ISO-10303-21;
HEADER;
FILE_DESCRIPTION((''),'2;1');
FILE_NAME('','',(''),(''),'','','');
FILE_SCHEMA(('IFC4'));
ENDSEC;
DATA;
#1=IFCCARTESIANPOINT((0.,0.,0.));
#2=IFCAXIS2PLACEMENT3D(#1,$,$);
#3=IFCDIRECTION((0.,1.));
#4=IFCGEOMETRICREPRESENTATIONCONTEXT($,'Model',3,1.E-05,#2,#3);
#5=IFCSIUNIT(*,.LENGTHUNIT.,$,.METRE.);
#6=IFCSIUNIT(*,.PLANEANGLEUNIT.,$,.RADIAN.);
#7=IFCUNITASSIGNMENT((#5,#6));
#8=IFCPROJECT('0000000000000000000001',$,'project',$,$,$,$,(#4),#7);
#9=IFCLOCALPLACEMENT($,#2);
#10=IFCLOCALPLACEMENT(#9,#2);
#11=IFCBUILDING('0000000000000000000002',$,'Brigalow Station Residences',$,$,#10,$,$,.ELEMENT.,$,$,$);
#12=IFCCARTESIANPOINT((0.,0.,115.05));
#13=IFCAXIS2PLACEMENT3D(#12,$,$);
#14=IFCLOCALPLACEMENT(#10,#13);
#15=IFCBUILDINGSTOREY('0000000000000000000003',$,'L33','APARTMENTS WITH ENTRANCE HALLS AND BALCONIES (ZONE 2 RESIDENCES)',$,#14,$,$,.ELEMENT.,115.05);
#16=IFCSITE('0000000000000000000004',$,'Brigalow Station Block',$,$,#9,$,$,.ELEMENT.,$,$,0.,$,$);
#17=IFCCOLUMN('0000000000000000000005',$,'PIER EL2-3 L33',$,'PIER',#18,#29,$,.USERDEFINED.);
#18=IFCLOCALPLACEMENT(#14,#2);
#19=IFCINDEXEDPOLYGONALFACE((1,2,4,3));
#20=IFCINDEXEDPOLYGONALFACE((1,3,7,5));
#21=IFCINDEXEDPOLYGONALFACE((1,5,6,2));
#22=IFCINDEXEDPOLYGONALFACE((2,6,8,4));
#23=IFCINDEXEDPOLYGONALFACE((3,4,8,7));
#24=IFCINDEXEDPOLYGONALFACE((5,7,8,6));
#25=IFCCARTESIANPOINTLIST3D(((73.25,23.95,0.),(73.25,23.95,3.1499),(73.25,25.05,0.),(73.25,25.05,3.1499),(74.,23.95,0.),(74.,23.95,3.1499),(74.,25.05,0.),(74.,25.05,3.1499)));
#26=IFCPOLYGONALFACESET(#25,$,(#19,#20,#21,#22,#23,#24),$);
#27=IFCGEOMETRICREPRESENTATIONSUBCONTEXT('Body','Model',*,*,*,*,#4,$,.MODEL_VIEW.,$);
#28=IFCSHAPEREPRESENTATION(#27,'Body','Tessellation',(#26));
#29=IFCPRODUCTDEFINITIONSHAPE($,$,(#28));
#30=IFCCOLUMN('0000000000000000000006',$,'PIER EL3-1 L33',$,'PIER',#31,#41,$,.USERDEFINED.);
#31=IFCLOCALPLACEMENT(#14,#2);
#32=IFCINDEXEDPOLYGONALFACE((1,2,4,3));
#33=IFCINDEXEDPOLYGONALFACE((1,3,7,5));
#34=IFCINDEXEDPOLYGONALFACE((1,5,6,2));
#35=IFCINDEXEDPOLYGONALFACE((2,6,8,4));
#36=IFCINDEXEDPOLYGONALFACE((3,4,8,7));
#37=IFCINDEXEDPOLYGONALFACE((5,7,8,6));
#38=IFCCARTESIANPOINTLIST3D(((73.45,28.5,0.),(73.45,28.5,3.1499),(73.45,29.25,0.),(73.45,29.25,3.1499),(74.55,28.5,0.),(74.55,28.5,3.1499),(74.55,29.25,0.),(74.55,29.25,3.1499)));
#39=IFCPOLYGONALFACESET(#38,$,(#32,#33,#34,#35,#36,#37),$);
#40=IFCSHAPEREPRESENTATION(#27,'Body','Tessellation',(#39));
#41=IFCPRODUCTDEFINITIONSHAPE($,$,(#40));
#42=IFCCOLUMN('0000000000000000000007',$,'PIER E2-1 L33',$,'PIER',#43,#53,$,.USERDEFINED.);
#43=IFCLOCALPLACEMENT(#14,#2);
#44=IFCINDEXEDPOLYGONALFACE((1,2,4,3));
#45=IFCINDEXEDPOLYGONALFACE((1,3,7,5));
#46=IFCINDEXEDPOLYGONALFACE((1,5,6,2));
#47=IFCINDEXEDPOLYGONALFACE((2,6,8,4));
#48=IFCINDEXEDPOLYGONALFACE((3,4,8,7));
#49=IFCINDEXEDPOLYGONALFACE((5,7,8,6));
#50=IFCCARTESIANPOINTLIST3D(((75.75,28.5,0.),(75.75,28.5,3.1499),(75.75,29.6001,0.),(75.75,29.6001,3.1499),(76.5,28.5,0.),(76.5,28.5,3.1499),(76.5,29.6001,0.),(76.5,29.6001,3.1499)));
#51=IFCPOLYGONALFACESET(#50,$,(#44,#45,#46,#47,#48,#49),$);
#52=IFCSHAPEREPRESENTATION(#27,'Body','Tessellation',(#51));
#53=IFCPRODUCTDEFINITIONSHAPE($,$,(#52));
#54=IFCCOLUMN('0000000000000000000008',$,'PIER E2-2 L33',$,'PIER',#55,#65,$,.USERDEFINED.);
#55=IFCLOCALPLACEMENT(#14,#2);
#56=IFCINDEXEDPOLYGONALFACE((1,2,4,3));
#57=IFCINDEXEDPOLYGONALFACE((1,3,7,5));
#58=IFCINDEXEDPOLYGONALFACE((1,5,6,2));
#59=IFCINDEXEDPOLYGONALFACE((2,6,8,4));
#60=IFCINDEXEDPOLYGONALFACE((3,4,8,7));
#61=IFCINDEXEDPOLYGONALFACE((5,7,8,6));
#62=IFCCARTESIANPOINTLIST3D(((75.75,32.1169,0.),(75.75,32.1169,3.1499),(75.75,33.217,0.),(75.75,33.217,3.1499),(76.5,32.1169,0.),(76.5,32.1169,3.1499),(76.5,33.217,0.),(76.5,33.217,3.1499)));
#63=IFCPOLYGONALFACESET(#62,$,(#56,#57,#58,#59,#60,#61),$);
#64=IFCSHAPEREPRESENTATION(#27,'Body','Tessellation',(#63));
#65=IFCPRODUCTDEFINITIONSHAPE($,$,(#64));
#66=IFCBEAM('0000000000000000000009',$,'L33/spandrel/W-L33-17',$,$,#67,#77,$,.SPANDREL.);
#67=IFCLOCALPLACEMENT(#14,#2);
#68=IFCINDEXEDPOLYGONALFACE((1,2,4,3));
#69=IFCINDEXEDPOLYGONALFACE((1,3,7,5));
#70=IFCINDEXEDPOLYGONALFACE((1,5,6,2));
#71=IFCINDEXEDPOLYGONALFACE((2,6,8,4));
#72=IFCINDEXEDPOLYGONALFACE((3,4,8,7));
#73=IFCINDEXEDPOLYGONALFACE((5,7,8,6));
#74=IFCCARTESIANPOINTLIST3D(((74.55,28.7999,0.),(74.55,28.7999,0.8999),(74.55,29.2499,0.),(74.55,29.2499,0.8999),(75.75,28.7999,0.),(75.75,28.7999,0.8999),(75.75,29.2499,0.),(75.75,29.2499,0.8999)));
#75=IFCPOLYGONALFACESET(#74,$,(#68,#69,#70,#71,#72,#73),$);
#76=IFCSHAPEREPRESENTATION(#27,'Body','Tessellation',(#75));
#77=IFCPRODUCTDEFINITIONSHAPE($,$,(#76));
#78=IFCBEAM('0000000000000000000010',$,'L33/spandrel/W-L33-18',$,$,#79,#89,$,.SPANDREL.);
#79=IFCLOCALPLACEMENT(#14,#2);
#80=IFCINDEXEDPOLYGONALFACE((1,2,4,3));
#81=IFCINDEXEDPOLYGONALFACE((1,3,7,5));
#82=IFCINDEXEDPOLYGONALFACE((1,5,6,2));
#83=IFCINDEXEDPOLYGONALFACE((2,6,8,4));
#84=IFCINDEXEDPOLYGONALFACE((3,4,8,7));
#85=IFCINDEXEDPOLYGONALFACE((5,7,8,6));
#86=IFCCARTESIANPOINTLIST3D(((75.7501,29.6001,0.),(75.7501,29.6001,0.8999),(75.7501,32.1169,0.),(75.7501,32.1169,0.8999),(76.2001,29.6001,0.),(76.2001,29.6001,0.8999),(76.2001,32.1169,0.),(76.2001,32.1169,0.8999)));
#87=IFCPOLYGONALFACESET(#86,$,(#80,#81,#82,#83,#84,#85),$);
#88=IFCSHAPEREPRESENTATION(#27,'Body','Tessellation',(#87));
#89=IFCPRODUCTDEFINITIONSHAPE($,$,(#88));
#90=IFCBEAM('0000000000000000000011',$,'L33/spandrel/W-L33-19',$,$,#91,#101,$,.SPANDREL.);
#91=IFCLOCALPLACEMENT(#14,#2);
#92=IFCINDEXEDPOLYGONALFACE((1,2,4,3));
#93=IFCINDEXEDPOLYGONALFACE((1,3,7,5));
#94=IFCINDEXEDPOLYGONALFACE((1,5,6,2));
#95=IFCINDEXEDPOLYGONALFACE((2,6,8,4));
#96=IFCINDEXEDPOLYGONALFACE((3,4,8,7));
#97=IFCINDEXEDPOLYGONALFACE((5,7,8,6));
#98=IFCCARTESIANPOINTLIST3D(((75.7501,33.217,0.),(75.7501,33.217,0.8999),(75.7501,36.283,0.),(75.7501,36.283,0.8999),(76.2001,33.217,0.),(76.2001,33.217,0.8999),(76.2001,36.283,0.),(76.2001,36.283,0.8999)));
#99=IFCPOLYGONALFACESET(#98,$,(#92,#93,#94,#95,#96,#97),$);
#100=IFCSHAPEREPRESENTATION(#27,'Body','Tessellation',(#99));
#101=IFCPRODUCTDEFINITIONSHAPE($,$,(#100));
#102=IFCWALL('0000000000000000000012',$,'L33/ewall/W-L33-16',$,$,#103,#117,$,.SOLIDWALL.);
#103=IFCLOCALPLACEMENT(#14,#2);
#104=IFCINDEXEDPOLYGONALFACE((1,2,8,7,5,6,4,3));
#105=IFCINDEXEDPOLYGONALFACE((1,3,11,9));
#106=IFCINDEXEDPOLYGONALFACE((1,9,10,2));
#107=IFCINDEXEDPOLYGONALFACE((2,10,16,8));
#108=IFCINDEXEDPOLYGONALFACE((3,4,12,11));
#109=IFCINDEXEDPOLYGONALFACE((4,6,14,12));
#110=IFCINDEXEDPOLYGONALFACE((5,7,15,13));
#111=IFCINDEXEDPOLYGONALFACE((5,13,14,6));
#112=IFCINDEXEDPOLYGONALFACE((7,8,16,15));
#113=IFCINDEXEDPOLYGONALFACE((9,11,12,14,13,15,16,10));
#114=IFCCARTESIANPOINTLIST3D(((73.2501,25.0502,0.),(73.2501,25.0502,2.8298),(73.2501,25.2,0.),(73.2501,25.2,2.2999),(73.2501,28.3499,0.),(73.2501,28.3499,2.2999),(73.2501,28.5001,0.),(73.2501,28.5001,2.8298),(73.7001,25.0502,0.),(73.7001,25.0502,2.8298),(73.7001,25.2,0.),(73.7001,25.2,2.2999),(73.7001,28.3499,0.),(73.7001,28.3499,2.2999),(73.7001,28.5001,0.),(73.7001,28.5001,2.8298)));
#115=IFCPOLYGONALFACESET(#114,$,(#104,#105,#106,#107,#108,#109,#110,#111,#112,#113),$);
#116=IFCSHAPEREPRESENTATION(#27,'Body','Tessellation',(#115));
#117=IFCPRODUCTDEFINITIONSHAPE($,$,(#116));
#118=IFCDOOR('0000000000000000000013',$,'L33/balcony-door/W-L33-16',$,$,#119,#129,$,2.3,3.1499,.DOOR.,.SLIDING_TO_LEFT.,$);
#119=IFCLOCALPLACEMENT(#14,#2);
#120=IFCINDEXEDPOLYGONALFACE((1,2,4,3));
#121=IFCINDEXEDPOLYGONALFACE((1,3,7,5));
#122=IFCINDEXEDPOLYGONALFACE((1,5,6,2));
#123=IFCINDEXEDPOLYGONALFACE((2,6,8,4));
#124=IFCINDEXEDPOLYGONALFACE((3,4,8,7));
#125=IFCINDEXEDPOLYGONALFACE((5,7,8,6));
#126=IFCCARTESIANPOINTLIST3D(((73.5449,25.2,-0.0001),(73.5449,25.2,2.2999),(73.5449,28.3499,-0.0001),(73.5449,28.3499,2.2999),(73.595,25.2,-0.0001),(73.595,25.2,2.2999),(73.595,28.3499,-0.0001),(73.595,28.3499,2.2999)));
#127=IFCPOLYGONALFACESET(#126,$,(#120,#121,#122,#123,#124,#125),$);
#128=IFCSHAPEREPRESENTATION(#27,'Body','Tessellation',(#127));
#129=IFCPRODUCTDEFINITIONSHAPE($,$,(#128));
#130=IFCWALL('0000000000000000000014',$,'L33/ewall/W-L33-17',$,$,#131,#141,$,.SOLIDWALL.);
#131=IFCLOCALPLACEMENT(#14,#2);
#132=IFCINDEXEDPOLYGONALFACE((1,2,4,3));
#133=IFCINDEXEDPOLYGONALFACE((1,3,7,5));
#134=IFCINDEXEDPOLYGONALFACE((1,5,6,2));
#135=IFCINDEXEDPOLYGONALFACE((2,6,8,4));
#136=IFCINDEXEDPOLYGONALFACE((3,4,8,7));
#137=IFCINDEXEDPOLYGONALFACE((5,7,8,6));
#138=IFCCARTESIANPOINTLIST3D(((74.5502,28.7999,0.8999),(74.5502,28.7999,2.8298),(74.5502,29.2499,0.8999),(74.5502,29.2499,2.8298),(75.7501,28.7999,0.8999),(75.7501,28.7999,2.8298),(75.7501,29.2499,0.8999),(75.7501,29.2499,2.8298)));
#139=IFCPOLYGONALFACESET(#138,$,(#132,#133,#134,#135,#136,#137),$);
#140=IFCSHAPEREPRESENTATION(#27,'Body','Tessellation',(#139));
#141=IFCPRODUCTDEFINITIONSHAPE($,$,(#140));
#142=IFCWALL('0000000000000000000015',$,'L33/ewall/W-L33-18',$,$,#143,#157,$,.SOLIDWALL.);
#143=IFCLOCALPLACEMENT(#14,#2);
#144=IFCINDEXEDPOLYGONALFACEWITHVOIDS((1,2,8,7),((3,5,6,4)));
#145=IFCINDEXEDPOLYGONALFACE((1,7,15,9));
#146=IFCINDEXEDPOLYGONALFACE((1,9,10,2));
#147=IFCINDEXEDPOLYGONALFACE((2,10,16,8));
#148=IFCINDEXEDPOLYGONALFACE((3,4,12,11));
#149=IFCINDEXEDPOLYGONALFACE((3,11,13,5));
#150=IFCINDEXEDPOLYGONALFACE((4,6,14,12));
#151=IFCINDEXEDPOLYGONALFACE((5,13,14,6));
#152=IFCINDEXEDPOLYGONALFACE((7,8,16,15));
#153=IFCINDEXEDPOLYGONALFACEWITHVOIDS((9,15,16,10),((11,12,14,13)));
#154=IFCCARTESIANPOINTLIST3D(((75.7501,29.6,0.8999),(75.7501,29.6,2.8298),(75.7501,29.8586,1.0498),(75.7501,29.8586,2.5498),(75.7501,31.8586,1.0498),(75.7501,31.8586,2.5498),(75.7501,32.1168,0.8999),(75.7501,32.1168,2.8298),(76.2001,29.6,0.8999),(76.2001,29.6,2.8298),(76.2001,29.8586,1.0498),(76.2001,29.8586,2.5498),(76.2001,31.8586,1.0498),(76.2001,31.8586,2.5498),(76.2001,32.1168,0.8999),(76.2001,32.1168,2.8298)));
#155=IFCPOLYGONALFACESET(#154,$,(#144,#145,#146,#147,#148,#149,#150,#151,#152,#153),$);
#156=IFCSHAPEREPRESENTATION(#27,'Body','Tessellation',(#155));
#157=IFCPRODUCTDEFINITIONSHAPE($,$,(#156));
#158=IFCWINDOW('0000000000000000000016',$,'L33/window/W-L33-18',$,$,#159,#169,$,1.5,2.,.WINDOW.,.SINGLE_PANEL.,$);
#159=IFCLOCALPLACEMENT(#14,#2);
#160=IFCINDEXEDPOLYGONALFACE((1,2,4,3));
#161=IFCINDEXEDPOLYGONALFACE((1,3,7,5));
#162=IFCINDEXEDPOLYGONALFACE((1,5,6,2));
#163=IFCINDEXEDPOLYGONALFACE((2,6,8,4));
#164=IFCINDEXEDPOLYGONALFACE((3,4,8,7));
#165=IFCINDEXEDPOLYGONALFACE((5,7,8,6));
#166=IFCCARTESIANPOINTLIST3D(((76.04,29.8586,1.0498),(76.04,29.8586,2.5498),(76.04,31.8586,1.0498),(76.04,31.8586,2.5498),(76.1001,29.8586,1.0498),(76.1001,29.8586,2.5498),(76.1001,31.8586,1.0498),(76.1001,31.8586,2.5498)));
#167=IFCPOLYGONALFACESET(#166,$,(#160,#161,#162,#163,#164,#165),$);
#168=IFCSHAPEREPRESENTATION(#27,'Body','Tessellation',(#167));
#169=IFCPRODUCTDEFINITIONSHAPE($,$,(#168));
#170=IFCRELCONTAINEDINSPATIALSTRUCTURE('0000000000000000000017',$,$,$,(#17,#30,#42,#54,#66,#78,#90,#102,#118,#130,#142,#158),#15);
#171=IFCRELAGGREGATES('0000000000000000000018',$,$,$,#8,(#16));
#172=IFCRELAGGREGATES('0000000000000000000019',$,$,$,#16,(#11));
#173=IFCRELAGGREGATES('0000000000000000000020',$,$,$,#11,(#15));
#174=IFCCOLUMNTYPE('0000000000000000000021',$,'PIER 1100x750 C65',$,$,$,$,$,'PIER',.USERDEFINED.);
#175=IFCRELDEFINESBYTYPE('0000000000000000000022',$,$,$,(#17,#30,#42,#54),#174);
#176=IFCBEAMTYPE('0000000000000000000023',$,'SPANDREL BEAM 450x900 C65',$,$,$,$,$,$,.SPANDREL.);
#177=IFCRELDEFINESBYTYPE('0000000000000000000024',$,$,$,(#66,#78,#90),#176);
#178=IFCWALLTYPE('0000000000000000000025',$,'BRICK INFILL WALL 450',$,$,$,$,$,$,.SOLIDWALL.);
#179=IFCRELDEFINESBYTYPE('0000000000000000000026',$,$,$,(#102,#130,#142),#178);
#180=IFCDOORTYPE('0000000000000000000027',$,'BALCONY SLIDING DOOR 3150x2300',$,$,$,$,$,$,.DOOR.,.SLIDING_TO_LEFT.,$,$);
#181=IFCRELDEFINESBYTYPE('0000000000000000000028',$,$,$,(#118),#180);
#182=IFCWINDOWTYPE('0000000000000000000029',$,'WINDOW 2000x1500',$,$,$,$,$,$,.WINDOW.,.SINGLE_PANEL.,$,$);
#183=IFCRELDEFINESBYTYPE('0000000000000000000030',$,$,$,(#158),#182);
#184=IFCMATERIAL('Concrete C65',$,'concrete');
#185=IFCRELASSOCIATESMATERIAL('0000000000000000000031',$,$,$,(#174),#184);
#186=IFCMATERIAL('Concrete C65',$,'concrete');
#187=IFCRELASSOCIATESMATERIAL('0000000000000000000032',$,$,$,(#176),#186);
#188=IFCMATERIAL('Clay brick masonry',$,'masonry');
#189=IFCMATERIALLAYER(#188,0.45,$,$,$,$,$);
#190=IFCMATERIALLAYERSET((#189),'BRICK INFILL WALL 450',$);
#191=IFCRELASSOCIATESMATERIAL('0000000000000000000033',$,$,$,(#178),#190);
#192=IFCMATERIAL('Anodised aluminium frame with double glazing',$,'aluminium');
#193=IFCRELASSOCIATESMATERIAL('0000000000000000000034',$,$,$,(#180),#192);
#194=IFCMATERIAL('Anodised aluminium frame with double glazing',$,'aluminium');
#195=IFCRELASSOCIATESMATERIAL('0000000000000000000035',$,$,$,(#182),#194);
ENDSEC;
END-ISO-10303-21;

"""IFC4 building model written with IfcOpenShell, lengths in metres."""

from ifc_helpers import new_model, si_unit, direction, frame, frame_2d, origin, origin_2d, place, context, subcontext, project, spatial, rectangle, extrude, material, layer, layer_set, material_profile, profile_set, type_object, element, fill, save


model = new_model("IFC4")

# Units and contexts
model_context = context("Model", 3, precision=1e-05, world=origin(), true_north=direction((0.0, 1.0)))
body_context = subcontext(model_context, "Body", "Model", "MODEL_VIEW")
ifc_project = project(units=[si_unit("LENGTHUNIT", "METRE"), si_unit("PLANEANGLEUNIT", "RADIAN")], contexts=[model_context])

# Site, building, storey
site_placement = place(None, origin())
site = spatial("IfcSite", under=ifc_project, at=site_placement, Name="Brigalow Station Block", CompositionType="ELEMENT", RefElevation=0.0)
building_placement = place(site_placement, origin())
building = spatial("IfcBuilding", under=site, at=building_placement, Name="Brigalow Station Residences", CompositionType="ELEMENT")
storey_placement = place(building_placement, frame((0.0, 0.0, 115.05)))
storey = spatial("IfcBuildingStorey", under=building, at=storey_placement, Name="L33", Description="APARTMENTS WITH ENTRANCE HALLS AND BALCONIES (ZONE 2 RESIDENCES)", CompositionType="ELEMENT", Elevation=115.05)

# Columns
ifc_material_1 = material(Name="Concrete C65", Category="concrete")
ifc_material_profile_1 = material_profile(ifc_material_1, rectangle(XDim=1.1001, YDim=0.75, at=origin_2d()), Name="RC1100x750")
ifc_profile_set_1 = profile_set([ifc_material_profile_1], Name="Concrete C65")
column_type = type_object("IfcColumnType", Name="PIER 1100x750 C65", ElementType="PIER", PredefinedType="USERDEFINED", material=ifc_profile_set_1)
for number, where, z_axis, x_axis, name in (
    (1, (73.625, 24.5, 0.0), (0.0, 0.0, 1.0), (0.0, 1.0, 0.0), "PIER EL2-3 L33"),
    (2, (74.0, 28.875, 0.0), (0.0, 0.0, 1.0), (1.0, 0.0, 0.0), "PIER EL3-1 L33"),
    (3, (76.125, 29.05, 0.0), (0.0, 0.0, 1.0), (0.0, 1.0, 0.0), "PIER E2-1 L33"),
    (4, (76.125, 32.667, 0.0), (0.0, 0.0, 1.0), (0.0, 1.0, 0.0), "PIER E2-2 L33"),
):
    element("IfcColumn", number, at=place(storey_placement, frame(where, z_axis=z_axis, x_axis=x_axis)), inside=storey, type_object=column_type, Name=name, ObjectType="PIER", PredefinedType="USERDEFINED", context=body_context, shape_type="SweptSolid", body=[
        extrude(rectangle(XDim=1.1001, YDim=0.75, at=origin_2d()), origin(), (0.0, 0.0, 1.0), 3.1499),
    ])

# Beams
ifc_material_2 = material(Name="Concrete C65", Category="concrete")
ifc_material_profile_2 = material_profile(ifc_material_2, rectangle(XDim=0.45, YDim=0.8999, at=origin_2d()), Name="RC450x900")
ifc_profile_set_2 = profile_set([ifc_material_profile_2], Name="Concrete C65")
beam_type = type_object("IfcBeamType", Name="SPANDREL BEAM 450x900 C65", PredefinedType="SPANDREL", material=ifc_profile_set_2)
beam_1_placement = place(storey_placement, frame((74.55, 29.0249, 0.45), z_axis=(1.0, 0.0, 0.0), x_axis=(0.0, 1.0, 0.0)))
element("IfcBeam", 5, at=beam_1_placement, inside=storey, type_object=beam_type, Name="L33/spandrel/W-L33-17", PredefinedType="SPANDREL", context=body_context, shape_type="SweptSolid", body=[
    extrude(rectangle(XDim=0.45, YDim=0.8999, at=origin_2d()), origin(), (0.0, 0.0, 1.0), 1.2),
])
beam_2_placement = place(storey_placement, frame((75.9751, 29.6001, 0.45), z_axis=(0.0, 1.0, 0.0), x_axis=(-1.0, 0.0, 0.0)))
element("IfcBeam", 6, at=beam_2_placement, inside=storey, type_object=beam_type, Name="L33/spandrel/W-L33-18", PredefinedType="SPANDREL", context=body_context, shape_type="SweptSolid", body=[
    extrude(rectangle(XDim=0.45, YDim=0.8999, at=origin_2d()), origin(), (0.0, 0.0, 1.0), 2.5168),
])
beam_3_placement = place(storey_placement, frame((75.9751, 33.217, 0.45), z_axis=(0.0, 1.0, 0.0), x_axis=(-1.0, 0.0, 0.0)))
element("IfcBeam", 7, at=beam_3_placement, inside=storey, type_object=beam_type, Name="L33/spandrel/W-L33-19", PredefinedType="SPANDREL", context=body_context, shape_type="SweptSolid", body=[
    extrude(rectangle(XDim=0.45, YDim=0.8999, at=origin_2d()), origin(), (0.0, 0.0, 1.0), 3.0659),
])

# Wall, opening, door
ifc_material_3 = material(Name="Clay brick masonry", Category="masonry")
ifc_layer_1 = layer(ifc_material_3, 0.45)
ifc_layer_set_1 = layer_set([ifc_layer_1], Name="BRICK INFILL WALL 450")
wall_type_1 = type_object("IfcWallType", Name="BRICK INFILL WALL 450", PredefinedType="SOLIDWALL", material=ifc_layer_set_1)
wall_1_placement = place(storey_placement, frame((73.4751, 25.05, 0.0), z_axis=(0.0, 0.0, 1.0), x_axis=(0.0, 1.0, 0.0)))
wall_1 = element("IfcWall", 8, at=wall_1_placement, inside=storey, type_object=wall_type_1, Name="L33/ewall/W-L33-16", PredefinedType="SOLIDWALL", context=body_context, shape_type="SweptSolid", body=[
    extrude(rectangle(XDim=3.45, YDim=0.45, at=frame_2d((1.7251, 0.0))), origin(), (0.0, 0.0, 1.0), 2.8298),
])
opening_1_placement = place(wall_1_placement, frame((0.1499, 0.0, 0.0)))
opening_1 = element("IfcOpeningElement", 9, at=opening_1_placement, cuts=wall_1, PredefinedType="OPENING", context=body_context, shape_type="SweptSolid", body=[
    extrude(rectangle(XDim=3.1499, YDim=2.3, at=frame_2d((1.575, 1.1499))), frame((0.0, 0.2349, 0.0), z_axis=(0.0, -1.0, 0.0), x_axis=(1.0, 0.0, 0.0)), (0.0, 0.0, 1.0), 0.47),
])
ifc_material_4 = material(Name="Anodised aluminium frame with double glazing", Category="aluminium")
door_type_1 = type_object("IfcDoorType", Name="BALCONY SLIDING DOOR 3150x2300", OperationType="SLIDING_TO_LEFT", PredefinedType="DOOR", material=ifc_material_4)
door_1_placement = place(opening_1_placement, origin())
door_1 = element("IfcDoor", 10, at=door_1_placement, inside=storey, type_object=door_type_1, Name="L33/balcony-door/W-L33-16", OperationType="SLIDING_TO_LEFT", OverallHeight=2.3, OverallWidth=3.1499, PredefinedType="DOOR", context=body_context, shape_type="SweptSolid", body=[
    extrude(rectangle(XDim=3.1499, YDim=2.3, at=frame_2d((1.575, 1.1499))), frame((0.0, -0.0698, 0.0), z_axis=(0.0, -1.0, 0.0), x_axis=(1.0, 0.0, 0.0)), (0.0, 0.0, 1.0), 0.05),
])
fill(opening_1, door_1)

# Wall
wall_2_placement = place(storey_placement, frame((74.55, 29.0249, 0.8999), z_axis=(0.0, 0.0, 1.0), x_axis=(1.0, 0.0, 0.0)))
element("IfcWall", 11, at=wall_2_placement, inside=storey, type_object=wall_type_1, Name="L33/ewall/W-L33-17", PredefinedType="SOLIDWALL", context=body_context, shape_type="SweptSolid", body=[
    extrude(rectangle(XDim=1.2, YDim=0.45, at=frame_2d((0.6001, 0.0))), origin(), (0.0, 0.0, 1.0), 1.9299),
])

# Wall, opening, window
wall_3_placement = place(storey_placement, frame((75.9751, 29.6001, 0.8999), z_axis=(0.0, 0.0, 1.0), x_axis=(0.0, 1.0, 0.0)))
wall_3 = element("IfcWall", 12, at=wall_3_placement, inside=storey, type_object=wall_type_1, Name="L33/ewall/W-L33-18", PredefinedType="SOLIDWALL", context=body_context, shape_type="SweptSolid", body=[
    extrude(rectangle(XDim=2.5168, YDim=0.45, at=frame_2d((1.2583, 0.0))), origin(), (0.0, 0.0, 1.0), 1.9299),
])
opening_2_placement = place(wall_3_placement, frame((0.2585, 0.0, 0.1499)))
opening_2 = element("IfcOpeningElement", 13, at=opening_2_placement, cuts=wall_3, PredefinedType="OPENING", context=body_context, shape_type="SweptSolid", body=[
    extrude(rectangle(XDim=2.0, YDim=1.5, at=frame_2d((1.0, 0.75))), frame((0.0, 0.2349, 0.0), z_axis=(0.0, -1.0, 0.0), x_axis=(1.0, 0.0, 0.0)), (0.0, 0.0, 1.0), 0.47),
])
ifc_material_5 = material(Name="Anodised aluminium frame with double glazing", Category="aluminium")
window_type_1 = type_object("IfcWindowType", Name="WINDOW 2000x1500", PartitioningType="SINGLE_PANEL", PredefinedType="WINDOW", material=ifc_material_5)
window_1_placement = place(opening_2_placement, origin())
window_1 = element("IfcWindow", 14, at=window_1_placement, inside=storey, type_object=window_type_1, Name="L33/window/W-L33-18", OverallHeight=1.5, OverallWidth=2.0, PartitioningType="SINGLE_PANEL", PredefinedType="WINDOW", context=body_context, shape_type="SweptSolid", body=[
    extrude(rectangle(XDim=2.0, YDim=1.5, at=frame_2d((1.0, 0.75))), frame((0.0, -0.0649, 0.0), z_axis=(0.0, -1.0, 0.0), x_axis=(1.0, 0.0, 0.0)), (0.0, 0.0, 1.0), 0.0601),
])
fill(opening_2, window_1)

save(model, "model.ifc")
